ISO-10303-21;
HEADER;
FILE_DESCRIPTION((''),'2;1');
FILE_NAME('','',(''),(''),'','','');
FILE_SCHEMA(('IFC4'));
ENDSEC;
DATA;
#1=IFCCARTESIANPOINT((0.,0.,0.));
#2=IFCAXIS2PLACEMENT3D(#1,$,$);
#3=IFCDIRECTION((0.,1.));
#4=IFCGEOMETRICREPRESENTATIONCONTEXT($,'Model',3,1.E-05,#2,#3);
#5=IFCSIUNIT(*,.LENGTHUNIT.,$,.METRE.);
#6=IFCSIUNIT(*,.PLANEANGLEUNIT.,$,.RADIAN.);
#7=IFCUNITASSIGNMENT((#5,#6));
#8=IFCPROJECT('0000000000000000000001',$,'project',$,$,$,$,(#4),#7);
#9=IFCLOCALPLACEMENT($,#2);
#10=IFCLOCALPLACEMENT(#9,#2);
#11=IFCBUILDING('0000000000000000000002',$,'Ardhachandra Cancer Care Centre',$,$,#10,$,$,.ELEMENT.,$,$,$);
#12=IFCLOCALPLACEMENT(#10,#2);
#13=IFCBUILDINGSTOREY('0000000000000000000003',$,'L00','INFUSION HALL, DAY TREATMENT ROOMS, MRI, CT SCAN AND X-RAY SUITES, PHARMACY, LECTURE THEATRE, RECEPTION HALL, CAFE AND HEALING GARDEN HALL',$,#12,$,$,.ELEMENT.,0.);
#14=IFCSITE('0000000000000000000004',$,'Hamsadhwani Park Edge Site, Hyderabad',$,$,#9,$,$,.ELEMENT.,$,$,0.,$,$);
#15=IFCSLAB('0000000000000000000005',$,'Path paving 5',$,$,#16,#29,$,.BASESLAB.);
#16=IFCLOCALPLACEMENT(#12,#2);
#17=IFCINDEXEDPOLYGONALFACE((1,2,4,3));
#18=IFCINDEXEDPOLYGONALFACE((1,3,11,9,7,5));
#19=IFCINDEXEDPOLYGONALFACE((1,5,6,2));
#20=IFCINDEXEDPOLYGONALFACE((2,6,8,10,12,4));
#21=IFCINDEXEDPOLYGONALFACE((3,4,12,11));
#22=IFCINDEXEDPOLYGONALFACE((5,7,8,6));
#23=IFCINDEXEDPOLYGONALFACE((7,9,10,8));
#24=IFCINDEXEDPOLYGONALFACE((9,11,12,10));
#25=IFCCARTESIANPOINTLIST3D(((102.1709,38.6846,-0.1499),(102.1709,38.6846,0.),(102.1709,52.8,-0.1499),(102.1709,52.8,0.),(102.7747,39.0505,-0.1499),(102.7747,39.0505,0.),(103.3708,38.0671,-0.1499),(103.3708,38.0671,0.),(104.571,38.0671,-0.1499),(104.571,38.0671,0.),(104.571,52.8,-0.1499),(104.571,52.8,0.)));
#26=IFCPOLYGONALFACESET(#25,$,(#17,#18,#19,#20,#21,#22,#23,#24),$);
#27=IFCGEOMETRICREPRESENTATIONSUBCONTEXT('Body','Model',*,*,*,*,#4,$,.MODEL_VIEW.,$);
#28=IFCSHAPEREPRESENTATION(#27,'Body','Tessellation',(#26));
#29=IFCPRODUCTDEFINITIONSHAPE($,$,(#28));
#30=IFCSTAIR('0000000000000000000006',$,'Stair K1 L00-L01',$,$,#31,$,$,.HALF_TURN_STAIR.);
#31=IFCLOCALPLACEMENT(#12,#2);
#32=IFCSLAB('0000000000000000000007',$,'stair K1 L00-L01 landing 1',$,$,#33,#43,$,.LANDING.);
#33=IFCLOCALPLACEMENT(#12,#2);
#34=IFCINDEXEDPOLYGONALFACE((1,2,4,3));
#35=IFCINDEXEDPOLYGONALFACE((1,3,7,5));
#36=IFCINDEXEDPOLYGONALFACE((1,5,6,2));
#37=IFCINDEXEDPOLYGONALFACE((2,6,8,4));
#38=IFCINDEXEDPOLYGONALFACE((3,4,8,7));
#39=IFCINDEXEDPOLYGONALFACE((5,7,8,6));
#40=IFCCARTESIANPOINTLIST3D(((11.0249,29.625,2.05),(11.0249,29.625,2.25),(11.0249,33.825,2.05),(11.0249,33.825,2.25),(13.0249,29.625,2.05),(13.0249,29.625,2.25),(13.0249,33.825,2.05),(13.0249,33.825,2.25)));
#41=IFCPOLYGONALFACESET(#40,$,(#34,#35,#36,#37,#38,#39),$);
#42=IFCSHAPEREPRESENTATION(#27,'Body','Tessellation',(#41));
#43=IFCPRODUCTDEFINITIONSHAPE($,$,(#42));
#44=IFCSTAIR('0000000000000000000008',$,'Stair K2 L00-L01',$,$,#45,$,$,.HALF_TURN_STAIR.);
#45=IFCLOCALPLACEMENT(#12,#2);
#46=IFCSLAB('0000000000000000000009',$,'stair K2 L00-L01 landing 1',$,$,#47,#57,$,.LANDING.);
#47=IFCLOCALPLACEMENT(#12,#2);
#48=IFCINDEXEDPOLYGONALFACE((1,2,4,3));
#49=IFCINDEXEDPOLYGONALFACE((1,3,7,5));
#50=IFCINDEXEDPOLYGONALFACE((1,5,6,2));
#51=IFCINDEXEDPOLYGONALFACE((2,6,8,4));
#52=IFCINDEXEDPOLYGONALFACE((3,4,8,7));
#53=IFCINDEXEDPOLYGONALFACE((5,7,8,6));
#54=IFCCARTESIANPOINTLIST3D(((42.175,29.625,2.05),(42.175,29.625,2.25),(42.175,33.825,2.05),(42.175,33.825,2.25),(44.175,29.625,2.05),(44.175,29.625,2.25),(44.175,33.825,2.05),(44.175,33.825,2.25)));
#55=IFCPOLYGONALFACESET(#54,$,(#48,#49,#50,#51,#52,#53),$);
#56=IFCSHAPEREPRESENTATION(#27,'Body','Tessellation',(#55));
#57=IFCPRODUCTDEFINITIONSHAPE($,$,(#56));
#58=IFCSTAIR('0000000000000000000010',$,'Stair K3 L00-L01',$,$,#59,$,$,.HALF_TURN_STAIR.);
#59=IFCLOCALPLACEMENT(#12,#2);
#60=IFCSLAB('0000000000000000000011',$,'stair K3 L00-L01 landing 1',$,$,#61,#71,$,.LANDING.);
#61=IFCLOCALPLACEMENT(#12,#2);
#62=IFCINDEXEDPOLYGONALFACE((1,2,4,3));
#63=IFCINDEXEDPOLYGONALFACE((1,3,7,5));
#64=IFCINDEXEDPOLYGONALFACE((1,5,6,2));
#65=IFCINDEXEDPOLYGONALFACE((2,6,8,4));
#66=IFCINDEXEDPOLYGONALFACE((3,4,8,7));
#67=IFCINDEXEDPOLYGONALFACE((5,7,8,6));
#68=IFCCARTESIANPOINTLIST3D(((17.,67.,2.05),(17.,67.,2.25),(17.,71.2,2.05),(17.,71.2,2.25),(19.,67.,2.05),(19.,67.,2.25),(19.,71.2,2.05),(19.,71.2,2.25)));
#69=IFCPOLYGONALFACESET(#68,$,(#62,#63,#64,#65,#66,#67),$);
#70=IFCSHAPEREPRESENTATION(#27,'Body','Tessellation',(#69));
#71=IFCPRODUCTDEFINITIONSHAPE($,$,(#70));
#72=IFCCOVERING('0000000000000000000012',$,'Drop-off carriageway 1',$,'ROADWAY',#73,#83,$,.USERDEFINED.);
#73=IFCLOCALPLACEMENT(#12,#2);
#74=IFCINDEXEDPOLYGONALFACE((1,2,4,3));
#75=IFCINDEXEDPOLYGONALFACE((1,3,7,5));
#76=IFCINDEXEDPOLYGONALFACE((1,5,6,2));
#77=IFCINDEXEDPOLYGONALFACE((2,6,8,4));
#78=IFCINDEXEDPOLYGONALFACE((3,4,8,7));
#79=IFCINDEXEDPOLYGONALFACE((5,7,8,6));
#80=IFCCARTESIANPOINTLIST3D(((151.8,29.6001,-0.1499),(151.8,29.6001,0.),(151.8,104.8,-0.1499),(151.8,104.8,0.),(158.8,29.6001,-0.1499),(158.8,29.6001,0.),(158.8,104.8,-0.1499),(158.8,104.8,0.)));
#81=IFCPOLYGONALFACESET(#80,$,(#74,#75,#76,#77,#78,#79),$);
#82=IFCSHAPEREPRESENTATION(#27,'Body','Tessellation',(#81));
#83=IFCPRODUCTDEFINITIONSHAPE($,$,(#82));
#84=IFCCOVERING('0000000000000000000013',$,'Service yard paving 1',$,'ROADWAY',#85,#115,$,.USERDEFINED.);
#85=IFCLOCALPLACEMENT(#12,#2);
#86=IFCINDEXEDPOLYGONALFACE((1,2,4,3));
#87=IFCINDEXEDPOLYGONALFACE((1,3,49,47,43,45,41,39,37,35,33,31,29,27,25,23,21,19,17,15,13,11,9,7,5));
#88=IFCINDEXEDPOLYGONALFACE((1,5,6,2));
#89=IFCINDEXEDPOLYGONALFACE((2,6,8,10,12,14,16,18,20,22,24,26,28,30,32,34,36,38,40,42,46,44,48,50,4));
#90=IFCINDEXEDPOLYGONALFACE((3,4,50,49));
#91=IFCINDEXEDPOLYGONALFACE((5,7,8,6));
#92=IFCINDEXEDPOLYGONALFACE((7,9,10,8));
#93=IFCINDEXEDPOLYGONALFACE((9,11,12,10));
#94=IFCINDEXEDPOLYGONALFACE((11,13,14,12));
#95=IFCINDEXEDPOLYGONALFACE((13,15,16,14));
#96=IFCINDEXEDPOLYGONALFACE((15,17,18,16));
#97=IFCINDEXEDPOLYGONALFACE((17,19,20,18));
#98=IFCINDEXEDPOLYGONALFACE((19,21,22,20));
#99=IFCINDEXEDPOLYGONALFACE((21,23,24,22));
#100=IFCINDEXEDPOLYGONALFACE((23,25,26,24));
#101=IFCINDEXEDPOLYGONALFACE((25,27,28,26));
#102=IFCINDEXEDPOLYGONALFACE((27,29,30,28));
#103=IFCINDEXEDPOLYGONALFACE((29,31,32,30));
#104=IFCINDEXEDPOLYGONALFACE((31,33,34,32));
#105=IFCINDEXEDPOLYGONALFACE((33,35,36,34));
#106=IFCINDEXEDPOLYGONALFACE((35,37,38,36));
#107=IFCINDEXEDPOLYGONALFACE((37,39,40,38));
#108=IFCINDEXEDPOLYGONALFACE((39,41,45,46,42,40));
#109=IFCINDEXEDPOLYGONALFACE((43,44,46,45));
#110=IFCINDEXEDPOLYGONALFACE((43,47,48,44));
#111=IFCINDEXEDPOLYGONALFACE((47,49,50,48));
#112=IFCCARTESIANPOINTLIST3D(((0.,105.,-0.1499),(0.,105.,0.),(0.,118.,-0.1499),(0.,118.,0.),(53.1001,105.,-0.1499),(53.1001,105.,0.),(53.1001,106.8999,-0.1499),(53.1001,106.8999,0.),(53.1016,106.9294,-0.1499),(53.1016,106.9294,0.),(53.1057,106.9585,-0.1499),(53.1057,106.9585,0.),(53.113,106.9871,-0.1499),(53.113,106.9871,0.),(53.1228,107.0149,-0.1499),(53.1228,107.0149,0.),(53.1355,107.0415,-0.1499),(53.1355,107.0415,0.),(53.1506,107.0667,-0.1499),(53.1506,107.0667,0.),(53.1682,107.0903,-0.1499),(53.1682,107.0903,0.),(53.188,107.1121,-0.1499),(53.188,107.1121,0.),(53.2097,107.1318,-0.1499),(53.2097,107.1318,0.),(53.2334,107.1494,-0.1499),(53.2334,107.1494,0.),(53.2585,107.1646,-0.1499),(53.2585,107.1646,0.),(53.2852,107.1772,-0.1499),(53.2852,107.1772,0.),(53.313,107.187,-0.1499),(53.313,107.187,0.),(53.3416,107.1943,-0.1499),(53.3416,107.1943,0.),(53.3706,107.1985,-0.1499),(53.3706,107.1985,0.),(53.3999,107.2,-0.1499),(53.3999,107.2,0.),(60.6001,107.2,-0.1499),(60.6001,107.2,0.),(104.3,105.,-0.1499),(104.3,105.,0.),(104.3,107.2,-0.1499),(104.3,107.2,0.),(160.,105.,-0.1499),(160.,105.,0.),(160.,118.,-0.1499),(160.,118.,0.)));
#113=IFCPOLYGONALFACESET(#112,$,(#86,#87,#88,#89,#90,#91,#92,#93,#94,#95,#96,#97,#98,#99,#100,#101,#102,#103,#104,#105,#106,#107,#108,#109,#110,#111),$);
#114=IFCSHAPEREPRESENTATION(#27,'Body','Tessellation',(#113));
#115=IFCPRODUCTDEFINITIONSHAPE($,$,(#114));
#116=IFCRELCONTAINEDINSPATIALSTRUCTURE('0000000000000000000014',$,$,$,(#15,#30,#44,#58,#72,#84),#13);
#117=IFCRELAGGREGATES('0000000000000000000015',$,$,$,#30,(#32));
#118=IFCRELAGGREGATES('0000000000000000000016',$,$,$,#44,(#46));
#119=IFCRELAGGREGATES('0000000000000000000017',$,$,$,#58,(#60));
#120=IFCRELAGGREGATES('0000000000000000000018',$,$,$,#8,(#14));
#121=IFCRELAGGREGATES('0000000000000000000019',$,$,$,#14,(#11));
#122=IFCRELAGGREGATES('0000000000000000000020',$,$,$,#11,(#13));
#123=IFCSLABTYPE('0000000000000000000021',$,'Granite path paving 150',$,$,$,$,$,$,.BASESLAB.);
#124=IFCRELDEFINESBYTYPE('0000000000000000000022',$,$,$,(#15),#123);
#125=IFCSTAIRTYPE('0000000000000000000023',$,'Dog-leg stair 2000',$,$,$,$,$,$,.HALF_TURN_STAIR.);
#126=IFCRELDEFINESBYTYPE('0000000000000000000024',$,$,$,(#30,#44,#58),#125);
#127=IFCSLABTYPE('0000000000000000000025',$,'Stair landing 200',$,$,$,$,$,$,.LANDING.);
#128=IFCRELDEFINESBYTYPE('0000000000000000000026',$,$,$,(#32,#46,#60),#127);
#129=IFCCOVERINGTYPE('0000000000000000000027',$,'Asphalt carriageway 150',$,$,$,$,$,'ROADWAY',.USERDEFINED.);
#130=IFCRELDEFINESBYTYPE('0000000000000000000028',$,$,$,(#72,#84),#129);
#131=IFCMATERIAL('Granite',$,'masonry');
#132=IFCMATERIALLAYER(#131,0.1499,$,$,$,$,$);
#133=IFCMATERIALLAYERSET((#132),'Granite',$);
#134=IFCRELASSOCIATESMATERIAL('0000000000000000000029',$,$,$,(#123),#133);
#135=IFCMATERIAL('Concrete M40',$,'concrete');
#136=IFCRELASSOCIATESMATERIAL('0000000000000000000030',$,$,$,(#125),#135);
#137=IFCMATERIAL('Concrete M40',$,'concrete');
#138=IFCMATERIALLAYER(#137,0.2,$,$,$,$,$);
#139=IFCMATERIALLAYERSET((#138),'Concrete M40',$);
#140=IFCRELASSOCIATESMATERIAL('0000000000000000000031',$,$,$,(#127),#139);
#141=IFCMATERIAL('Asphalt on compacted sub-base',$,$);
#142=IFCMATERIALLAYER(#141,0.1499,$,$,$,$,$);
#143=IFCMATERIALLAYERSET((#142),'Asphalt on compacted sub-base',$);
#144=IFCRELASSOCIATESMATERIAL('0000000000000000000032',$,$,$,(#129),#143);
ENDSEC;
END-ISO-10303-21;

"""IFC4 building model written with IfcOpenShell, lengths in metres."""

from ifc_helpers import new_model, si_unit, direction, frame, origin, place, context, subcontext, project, spatial, polyline, outline, extrude, material, layer, layer_set, type_object, element, aggregate, save


model = new_model("IFC4")

# Units and contexts
model_context = context("Model", 3, precision=1e-05, world=origin(), true_north=direction((0.0, 1.0)))
body_context = subcontext(model_context, "Body", "Model", "MODEL_VIEW")
ifc_project = project(units=[si_unit("LENGTHUNIT", "METRE"), si_unit("PLANEANGLEUNIT", "RADIAN")], contexts=[model_context])

# Site, building, storey
site_placement = place(None, origin())
site = spatial("IfcSite", under=ifc_project, at=site_placement, Name="Hamsadhwani Park Edge Site, Hyderabad", CompositionType="ELEMENT", RefElevation=0.0)
building_placement = place(site_placement, origin())
building = spatial("IfcBuilding", under=site, at=building_placement, Name="Ardhachandra Cancer Care Centre", CompositionType="ELEMENT")
storey_placement = place(building_placement, origin())
storey = spatial("IfcBuildingStorey", under=building, at=storey_placement, Name="L00", Description="INFUSION HALL, DAY TREATMENT ROOMS, MRI, CT SCAN AND X-RAY SUITES, PHARMACY, LECTURE THEATRE, RECEPTION HALL, CAFE AND HEALING GARDEN HALL", CompositionType="ELEMENT", Elevation=0.0)

# Slab
ifc_material_1 = material(Name="Granite", Category="masonry")
ifc_layer_1 = layer(ifc_material_1, 0.1499)
ifc_layer_set_1 = layer_set([ifc_layer_1], Name="Granite")
slab_type_1 = type_object("IfcSlabType", Name="Granite path paving 150", PredefinedType="BASESLAB", material=ifc_layer_set_1)
slab_1_placement = place(storey_placement, frame((0.0, 0.0, -0.1499)))
element("IfcSlab", 1, at=slab_1_placement, inside=storey, type_object=slab_type_1, Name="Path paving 5", PredefinedType="BASESLAB", context=body_context, shape_type="SweptSolid", body=[
    extrude(outline(polyline([(104.571, 52.8), (102.1709, 52.8), (102.1709, 38.6846), (102.7747, 39.0505), (103.3708, 38.0671), (104.571, 38.0671), (104.571, 52.8)])), origin(), (0.0, 0.0, 1.0), 0.1499),
])

# Stairs, slabs
ifc_material_2 = material(Name="Concrete M40", Category="concrete")
stair_type = type_object("IfcStairType", Name="Dog-leg stair 2000", PredefinedType="HALF_TURN_STAIR", material=ifc_material_2)
stair_1_placement = place(storey_placement, origin())
stair_1 = element("IfcStair", 2, at=stair_1_placement, inside=storey, type_object=stair_type, Name="Stair K1 L00-L01", PredefinedType="HALF_TURN_STAIR")
ifc_material_3 = material(Name="Concrete M40", Category="concrete")
ifc_layer_2 = layer(ifc_material_3, 0.2)
ifc_layer_set_2 = layer_set([ifc_layer_2], Name="Concrete M40")
slab_type_2 = type_object("IfcSlabType", Name="Stair landing 200", PredefinedType="LANDING", material=ifc_layer_set_2)
slab_2_placement = place(storey_placement, frame((0.0, 0.0, 2.05)))
slab_2 = element("IfcSlab", 3, at=slab_2_placement, type_object=slab_type_2, Name="stair K1 L00-L01 landing 1", PredefinedType="LANDING", context=body_context, shape_type="SweptSolid", body=[
    extrude(outline(polyline([(11.0249, 29.625), (13.0249, 29.625), (13.0249, 33.825), (11.0249, 33.825), (11.0249, 29.625)])), origin(), (0.0, 0.0, 1.0), 0.2),
])
aggregate(stair_1, [slab_2])
stair_2_placement = place(storey_placement, origin())
stair_2 = element("IfcStair", 4, at=stair_2_placement, inside=storey, type_object=stair_type, Name="Stair K2 L00-L01", PredefinedType="HALF_TURN_STAIR")
slab_3_placement = place(storey_placement, frame((0.0, 0.0, 2.05)))
slab_3 = element("IfcSlab", 5, at=slab_3_placement, type_object=slab_type_2, Name="stair K2 L00-L01 landing 1", PredefinedType="LANDING", context=body_context, shape_type="SweptSolid", body=[
    extrude(outline(polyline([(42.175, 29.625), (44.175, 29.625), (44.175, 33.825), (42.175, 33.825), (42.175, 29.625)])), origin(), (0.0, 0.0, 1.0), 0.2),
])
aggregate(stair_2, [slab_3])
stair_3_placement = place(storey_placement, origin())
stair_3 = element("IfcStair", 6, at=stair_3_placement, inside=storey, type_object=stair_type, Name="Stair K3 L00-L01", PredefinedType="HALF_TURN_STAIR")
slab_4_placement = place(storey_placement, frame((0.0, 0.0, 2.05)))
slab_4 = element("IfcSlab", 7, at=slab_4_placement, type_object=slab_type_2, Name="stair K3 L00-L01 landing 1", PredefinedType="LANDING", context=body_context, shape_type="SweptSolid", body=[
    extrude(outline(polyline([(17.0, 67.0), (19.0, 67.0), (19.0, 71.2), (17.0, 71.2), (17.0, 67.0)])), origin(), (0.0, 0.0, 1.0), 0.2),
])
aggregate(stair_3, [slab_4])

# Coverings
ifc_material_4 = material(Name="Asphalt on compacted sub-base")
ifc_layer_3 = layer(ifc_material_4, 0.1499)
ifc_layer_set_3 = layer_set([ifc_layer_3], Name="Asphalt on compacted sub-base")
covering_type_1 = type_object("IfcCoveringType", Name="Asphalt carriageway 150", ElementType="ROADWAY", PredefinedType="USERDEFINED", material=ifc_layer_set_3)
covering_1_placement = place(storey_placement, frame((0.0, 0.0, -0.1499)))
element("IfcCovering", 8, at=covering_1_placement, inside=storey, type_object=covering_type_1, Name="Drop-off carriageway 1", ObjectType="ROADWAY", PredefinedType="USERDEFINED", context=body_context, shape_type="SweptSolid", body=[
    extrude(outline(polyline([(158.8, 29.6001), (158.8, 104.8), (151.8, 104.8), (151.8, 29.6001), (158.8, 29.6001)])), origin(), (0.0, 0.0, 1.0), 0.1499),
])
covering_2_placement = place(storey_placement, frame((0.0, 0.0, -0.1499)))
element("IfcCovering", 9, at=covering_2_placement, inside=storey, type_object=covering_type_1, Name="Service yard paving 1", ObjectType="ROADWAY", PredefinedType="USERDEFINED", context=body_context, shape_type="SweptSolid", body=[
    extrude(outline(polyline([(0.0, 105.0), (0.0, 118.0), (160.0, 118.0), (160.0, 105.0), (104.3, 105.0), (104.3, 107.2), (60.6001, 107.2), (60.6001, 107.2), (53.3999, 107.2), (53.3706, 107.1985), (53.3416, 107.1943), (53.313, 107.187), (53.2852, 107.1772), (53.2585, 107.1646), (53.2334, 107.1494), (53.2097, 107.1318), (53.188, 107.1121), (53.1682, 107.0903), (53.1506, 107.0667), (53.1355, 107.0415), (53.1228, 107.0149), (53.113, 106.9871), (53.1057, 106.9585), (53.1016, 106.9294), (53.1001, 106.8999), (53.1001, 105.0), (0.0, 105.0)])), origin(), (0.0, 0.0, 1.0), 0.1499),
])

save(model, "model.ifc")
